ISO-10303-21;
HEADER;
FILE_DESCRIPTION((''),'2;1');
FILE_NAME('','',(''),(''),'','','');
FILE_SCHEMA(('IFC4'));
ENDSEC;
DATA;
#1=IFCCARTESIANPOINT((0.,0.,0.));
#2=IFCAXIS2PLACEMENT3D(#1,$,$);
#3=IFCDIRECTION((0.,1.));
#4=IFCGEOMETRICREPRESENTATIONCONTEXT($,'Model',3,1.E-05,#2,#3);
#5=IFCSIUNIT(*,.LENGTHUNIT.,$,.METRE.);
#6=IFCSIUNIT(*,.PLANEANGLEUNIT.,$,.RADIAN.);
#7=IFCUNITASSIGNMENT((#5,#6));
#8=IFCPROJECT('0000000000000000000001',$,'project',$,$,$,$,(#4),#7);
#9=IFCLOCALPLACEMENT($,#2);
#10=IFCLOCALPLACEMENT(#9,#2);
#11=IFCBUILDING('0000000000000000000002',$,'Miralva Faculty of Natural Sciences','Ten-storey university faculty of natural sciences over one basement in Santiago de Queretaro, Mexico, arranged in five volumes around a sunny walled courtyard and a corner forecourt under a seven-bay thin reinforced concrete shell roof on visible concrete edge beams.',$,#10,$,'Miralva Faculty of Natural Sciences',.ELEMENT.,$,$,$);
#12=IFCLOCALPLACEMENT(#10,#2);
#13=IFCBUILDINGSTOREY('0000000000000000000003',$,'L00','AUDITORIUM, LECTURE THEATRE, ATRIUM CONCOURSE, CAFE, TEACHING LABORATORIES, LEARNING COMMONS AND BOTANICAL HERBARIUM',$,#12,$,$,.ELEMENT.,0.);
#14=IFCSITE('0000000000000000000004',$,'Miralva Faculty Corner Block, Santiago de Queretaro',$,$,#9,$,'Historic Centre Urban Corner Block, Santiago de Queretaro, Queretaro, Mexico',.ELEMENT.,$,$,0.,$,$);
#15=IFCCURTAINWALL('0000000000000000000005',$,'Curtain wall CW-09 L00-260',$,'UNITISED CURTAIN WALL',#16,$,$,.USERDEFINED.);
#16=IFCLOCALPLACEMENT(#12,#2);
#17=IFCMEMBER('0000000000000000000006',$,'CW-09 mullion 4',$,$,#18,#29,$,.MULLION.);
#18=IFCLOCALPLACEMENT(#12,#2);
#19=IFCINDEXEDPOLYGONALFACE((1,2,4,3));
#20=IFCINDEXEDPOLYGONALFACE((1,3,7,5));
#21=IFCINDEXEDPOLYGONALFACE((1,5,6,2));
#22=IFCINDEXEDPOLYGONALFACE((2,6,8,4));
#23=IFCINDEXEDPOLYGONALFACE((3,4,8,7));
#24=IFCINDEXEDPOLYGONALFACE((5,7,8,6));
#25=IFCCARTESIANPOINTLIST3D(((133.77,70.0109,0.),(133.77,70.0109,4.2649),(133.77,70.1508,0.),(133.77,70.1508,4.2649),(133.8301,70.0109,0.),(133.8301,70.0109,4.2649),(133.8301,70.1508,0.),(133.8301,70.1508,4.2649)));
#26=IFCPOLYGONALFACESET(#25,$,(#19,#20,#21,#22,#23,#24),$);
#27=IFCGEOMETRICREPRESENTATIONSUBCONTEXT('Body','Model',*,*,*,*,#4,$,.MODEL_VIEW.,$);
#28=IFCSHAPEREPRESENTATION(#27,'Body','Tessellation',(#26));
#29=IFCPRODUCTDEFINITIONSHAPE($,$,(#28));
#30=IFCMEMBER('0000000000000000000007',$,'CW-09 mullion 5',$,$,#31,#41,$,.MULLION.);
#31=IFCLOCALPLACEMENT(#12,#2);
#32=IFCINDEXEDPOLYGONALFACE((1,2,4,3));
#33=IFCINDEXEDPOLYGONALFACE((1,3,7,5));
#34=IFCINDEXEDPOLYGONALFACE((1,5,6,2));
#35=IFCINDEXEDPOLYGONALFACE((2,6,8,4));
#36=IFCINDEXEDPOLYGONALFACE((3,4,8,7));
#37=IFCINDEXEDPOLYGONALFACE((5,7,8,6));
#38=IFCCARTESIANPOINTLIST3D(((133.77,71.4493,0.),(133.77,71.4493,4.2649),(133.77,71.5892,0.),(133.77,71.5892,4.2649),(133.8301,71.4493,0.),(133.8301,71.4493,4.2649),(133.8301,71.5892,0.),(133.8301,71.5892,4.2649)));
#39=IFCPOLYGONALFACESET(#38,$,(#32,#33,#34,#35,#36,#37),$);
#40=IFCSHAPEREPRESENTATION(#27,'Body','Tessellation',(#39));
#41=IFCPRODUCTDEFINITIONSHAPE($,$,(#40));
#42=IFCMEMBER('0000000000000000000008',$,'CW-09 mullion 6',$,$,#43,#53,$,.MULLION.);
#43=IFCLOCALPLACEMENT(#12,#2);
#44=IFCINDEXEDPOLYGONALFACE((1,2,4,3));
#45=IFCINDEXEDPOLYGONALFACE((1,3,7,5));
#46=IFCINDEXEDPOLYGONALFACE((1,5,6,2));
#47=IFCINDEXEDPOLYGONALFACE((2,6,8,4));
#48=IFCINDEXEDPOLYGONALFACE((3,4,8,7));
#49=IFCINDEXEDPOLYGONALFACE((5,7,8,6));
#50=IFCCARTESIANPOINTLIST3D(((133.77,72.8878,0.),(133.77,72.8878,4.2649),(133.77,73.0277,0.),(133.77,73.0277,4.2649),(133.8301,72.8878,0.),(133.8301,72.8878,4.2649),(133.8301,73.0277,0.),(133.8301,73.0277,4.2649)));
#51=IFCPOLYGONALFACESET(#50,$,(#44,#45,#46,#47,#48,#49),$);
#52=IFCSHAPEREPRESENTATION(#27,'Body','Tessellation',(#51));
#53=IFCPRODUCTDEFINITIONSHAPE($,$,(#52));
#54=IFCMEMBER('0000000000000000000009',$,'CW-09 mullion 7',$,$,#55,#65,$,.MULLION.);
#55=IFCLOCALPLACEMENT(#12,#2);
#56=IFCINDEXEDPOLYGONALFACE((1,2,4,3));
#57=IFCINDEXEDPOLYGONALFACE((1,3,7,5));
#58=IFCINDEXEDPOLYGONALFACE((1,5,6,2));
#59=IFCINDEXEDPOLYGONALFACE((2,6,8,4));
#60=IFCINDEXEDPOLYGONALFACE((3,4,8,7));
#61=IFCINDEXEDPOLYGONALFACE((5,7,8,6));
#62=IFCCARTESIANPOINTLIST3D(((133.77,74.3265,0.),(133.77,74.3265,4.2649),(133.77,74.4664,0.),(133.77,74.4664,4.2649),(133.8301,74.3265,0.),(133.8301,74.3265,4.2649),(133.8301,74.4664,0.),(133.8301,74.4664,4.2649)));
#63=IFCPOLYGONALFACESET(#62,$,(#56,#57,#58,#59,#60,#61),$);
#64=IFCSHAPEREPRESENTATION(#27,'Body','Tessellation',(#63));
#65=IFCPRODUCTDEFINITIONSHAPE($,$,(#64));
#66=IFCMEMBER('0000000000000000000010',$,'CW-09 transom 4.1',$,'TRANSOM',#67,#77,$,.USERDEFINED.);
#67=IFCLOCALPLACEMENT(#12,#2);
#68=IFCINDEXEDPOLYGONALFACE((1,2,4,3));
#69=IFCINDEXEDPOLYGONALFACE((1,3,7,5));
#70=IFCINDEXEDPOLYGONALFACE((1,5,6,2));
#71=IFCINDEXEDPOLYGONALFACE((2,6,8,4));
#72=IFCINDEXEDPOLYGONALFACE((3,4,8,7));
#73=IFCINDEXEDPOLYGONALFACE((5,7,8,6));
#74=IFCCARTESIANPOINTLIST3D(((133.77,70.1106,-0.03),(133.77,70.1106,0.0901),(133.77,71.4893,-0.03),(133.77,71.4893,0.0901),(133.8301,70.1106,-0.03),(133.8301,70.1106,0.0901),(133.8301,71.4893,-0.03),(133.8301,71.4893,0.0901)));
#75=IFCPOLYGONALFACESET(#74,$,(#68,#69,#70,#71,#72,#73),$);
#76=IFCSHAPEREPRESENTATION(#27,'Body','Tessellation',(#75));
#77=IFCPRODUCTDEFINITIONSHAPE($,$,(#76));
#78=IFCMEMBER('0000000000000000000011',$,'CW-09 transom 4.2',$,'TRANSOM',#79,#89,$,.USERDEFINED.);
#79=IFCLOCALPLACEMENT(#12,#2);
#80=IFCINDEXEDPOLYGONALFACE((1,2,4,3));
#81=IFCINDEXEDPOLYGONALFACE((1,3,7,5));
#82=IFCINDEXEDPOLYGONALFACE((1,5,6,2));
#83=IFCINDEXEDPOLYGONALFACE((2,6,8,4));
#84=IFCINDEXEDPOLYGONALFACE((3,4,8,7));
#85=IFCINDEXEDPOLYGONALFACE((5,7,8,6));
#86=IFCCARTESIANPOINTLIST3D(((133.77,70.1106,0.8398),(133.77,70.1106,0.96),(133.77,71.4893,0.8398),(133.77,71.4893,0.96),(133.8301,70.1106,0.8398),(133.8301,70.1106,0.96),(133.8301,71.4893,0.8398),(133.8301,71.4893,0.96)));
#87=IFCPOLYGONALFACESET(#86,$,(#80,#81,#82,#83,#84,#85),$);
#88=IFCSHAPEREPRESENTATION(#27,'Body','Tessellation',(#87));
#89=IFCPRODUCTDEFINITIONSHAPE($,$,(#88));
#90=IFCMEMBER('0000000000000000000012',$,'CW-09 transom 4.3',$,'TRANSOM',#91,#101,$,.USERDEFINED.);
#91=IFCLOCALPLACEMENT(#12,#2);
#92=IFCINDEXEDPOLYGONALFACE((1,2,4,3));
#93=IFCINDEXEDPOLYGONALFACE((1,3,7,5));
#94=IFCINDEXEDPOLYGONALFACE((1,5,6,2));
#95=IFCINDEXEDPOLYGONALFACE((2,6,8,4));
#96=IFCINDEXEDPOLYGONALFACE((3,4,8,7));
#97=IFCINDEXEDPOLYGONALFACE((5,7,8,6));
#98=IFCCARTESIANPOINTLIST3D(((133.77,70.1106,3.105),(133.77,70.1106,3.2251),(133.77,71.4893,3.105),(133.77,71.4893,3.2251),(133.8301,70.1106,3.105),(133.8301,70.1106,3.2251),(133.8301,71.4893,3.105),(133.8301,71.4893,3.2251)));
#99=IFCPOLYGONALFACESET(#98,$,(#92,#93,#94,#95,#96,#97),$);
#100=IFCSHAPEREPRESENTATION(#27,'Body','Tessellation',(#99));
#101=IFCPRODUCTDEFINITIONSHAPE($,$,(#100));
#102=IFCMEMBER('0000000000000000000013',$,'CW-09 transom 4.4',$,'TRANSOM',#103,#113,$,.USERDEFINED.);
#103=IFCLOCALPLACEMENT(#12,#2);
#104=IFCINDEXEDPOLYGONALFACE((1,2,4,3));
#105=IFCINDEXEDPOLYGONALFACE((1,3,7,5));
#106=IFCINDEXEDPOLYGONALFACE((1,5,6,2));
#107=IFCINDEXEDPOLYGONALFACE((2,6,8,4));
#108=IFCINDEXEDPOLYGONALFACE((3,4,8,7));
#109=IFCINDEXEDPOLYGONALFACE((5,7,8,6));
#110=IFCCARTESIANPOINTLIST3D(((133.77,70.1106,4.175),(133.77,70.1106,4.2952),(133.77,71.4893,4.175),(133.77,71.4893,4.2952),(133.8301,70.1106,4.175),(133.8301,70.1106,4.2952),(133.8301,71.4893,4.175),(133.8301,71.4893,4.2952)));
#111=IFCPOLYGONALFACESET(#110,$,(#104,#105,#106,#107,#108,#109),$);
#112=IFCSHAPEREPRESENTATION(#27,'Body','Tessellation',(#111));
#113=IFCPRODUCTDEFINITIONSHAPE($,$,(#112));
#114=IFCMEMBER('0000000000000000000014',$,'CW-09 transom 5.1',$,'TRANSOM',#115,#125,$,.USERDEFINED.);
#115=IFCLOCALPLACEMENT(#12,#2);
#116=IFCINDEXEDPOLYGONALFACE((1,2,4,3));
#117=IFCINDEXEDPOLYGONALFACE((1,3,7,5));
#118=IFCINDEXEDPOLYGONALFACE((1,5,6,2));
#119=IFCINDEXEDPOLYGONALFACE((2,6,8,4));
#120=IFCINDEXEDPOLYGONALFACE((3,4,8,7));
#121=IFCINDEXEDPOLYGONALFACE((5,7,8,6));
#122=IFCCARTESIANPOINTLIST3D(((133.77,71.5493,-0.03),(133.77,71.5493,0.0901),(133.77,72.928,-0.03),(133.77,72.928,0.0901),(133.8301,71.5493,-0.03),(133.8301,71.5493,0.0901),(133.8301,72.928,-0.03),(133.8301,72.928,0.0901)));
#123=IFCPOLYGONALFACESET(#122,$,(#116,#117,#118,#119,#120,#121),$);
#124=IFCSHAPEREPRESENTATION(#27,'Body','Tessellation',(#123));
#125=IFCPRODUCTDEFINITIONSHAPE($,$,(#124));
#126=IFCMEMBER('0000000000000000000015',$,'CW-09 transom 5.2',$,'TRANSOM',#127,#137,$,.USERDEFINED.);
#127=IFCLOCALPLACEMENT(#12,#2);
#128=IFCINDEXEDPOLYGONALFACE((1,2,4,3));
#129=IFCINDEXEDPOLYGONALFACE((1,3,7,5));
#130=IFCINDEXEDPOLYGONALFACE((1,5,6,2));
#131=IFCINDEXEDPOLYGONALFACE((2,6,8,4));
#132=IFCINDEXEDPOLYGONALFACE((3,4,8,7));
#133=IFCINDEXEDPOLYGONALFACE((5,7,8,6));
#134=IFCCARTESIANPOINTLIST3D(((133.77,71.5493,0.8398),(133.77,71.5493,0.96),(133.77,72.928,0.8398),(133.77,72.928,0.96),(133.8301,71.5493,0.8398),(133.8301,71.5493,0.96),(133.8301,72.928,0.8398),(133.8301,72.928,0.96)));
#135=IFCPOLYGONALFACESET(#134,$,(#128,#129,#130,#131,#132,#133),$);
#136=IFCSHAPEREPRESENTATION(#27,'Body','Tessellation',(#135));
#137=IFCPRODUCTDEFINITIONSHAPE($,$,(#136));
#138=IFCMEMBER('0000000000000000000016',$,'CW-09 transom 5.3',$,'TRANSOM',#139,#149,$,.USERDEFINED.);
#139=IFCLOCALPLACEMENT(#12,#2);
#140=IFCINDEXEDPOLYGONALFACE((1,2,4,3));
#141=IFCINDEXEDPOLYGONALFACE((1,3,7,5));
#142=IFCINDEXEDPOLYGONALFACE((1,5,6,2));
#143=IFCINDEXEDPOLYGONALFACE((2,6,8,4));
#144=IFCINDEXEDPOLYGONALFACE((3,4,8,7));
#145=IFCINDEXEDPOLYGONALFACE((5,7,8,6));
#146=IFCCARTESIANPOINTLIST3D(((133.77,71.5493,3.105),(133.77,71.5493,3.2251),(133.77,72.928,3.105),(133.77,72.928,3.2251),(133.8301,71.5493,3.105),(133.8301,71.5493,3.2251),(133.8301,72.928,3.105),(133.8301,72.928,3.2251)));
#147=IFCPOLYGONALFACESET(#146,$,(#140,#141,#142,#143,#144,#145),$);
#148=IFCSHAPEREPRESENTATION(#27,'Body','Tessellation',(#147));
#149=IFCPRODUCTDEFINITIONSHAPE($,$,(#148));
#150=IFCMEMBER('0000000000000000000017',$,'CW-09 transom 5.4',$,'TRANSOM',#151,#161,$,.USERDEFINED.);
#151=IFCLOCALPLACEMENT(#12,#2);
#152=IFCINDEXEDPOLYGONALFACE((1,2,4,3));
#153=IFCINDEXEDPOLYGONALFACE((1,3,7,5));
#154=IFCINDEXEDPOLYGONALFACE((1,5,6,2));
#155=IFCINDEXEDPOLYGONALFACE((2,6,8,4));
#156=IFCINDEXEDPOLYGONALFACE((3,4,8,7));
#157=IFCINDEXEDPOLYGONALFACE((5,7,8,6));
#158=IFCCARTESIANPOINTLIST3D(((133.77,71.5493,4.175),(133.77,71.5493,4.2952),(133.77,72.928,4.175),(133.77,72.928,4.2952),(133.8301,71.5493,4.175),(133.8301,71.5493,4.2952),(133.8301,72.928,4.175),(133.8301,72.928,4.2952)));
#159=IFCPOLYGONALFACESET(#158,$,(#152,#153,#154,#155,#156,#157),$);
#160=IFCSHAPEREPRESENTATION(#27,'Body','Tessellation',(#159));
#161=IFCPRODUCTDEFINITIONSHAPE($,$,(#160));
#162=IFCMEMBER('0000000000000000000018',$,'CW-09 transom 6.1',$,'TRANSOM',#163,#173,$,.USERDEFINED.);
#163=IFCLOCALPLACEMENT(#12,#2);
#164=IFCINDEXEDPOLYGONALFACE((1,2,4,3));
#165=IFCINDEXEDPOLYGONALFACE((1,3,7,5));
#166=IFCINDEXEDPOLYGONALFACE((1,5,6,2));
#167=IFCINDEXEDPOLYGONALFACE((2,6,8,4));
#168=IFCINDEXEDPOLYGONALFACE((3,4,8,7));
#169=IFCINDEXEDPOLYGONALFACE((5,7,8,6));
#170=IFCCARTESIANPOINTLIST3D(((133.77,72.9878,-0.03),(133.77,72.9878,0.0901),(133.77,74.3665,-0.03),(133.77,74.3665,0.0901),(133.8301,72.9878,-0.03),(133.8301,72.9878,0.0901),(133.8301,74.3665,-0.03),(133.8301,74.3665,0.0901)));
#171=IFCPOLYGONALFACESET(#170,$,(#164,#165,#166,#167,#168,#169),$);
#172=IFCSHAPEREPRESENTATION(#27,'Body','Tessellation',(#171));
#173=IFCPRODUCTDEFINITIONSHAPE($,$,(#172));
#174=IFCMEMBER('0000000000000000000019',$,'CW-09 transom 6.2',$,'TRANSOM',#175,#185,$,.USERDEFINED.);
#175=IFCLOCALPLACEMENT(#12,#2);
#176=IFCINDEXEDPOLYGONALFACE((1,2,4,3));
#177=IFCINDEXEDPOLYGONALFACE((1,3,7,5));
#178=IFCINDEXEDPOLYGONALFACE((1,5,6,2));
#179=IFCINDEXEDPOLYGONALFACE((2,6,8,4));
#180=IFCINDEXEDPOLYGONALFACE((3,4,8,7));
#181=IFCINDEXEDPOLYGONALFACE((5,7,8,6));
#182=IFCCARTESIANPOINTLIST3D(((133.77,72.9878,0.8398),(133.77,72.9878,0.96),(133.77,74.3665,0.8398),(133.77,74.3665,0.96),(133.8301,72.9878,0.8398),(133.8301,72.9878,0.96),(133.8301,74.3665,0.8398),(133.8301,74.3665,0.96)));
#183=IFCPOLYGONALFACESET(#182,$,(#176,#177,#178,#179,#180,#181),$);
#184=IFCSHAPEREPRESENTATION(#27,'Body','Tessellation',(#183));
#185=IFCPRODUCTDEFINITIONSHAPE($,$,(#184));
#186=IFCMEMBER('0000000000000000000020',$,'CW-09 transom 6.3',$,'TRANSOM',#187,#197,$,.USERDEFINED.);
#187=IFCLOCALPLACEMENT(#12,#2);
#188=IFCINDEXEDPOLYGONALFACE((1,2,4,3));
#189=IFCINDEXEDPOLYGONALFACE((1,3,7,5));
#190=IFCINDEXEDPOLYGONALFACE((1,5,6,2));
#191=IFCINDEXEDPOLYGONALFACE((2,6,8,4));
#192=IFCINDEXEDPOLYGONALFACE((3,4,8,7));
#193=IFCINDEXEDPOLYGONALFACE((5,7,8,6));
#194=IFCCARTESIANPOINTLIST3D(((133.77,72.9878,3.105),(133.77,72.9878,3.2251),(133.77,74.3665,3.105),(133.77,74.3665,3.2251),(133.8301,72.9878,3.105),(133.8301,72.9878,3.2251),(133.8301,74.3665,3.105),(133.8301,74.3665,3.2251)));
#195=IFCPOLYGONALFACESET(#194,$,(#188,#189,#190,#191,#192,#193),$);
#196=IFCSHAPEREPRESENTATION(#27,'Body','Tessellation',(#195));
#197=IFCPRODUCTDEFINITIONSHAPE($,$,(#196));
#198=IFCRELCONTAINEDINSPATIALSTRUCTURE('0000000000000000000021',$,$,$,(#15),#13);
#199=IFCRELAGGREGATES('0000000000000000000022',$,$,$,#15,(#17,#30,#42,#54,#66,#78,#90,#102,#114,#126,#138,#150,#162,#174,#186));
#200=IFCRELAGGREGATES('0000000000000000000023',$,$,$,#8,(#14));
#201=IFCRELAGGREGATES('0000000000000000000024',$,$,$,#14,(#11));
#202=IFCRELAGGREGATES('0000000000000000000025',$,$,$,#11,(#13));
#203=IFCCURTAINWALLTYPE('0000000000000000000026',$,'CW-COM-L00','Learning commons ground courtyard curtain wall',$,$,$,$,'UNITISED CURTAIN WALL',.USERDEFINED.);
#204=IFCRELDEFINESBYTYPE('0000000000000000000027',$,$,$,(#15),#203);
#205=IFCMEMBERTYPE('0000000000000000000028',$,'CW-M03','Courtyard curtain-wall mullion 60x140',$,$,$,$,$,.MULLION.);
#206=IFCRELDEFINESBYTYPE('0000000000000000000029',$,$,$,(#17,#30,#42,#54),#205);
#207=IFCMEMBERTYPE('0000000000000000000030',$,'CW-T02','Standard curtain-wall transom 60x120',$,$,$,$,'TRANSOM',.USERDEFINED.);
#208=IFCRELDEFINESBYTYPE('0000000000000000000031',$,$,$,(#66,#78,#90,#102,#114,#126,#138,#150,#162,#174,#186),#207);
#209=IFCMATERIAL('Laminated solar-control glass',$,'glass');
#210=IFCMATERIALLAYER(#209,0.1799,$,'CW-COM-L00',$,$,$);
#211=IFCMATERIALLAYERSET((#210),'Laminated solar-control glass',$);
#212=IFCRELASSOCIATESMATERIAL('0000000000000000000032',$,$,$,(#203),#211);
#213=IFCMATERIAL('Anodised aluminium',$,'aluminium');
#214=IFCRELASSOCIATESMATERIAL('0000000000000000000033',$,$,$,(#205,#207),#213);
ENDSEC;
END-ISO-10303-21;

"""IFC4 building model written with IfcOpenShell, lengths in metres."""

from ifc_helpers import new_model, si_unit, direction, frame, origin, origin_2d, place, context, subcontext, project, spatial, rectangle, extrude, material, layer, layer_set, material_profile, profile_set, type_object, element, aggregate, save


model = new_model("IFC4")

# Units and contexts
model_context = context("Model", 3, precision=1e-05, world=origin(), true_north=direction((0.0, 1.0)))
body_context = subcontext(model_context, "Body", "Model", "MODEL_VIEW")
ifc_project = project(units=[si_unit("LENGTHUNIT", "METRE"), si_unit("PLANEANGLEUNIT", "RADIAN")], contexts=[model_context])

# Site, building, storey
site_placement = place(None, origin())
site = spatial("IfcSite", under=ifc_project, at=site_placement, Name="Miralva Faculty Corner Block, Santiago de Queretaro", LongName="Historic Centre Urban Corner Block, Santiago de Queretaro, Queretaro, Mexico", CompositionType="ELEMENT", RefElevation=0.0)
building_placement = place(site_placement, origin())
building = spatial("IfcBuilding", under=site, at=building_placement, Name="Miralva Faculty of Natural Sciences", Description="Ten-storey university faculty of natural sciences over one basement in Santiago de Queretaro, Mexico, arranged in five volumes around a sunny walled courtyard and a corner forecourt under a seven-bay thin reinforced concrete shell roof on visible concrete edge beams.", LongName="Miralva Faculty of Natural Sciences", CompositionType="ELEMENT")
storey_placement = place(building_placement, origin())
storey = spatial("IfcBuildingStorey", under=building, at=storey_placement, Name="L00", Description="AUDITORIUM, LECTURE THEATRE, ATRIUM CONCOURSE, CAFE, TEACHING LABORATORIES, LEARNING COMMONS AND BOTANICAL HERBARIUM", CompositionType="ELEMENT", Elevation=0.0)

# Curtain wall, members
ifc_material_1 = material(Name="Laminated solar-control glass", Category="glass")
ifc_layer_1 = layer(ifc_material_1, 0.1799, Name="CW-COM-L00")
ifc_layer_set_1 = layer_set([ifc_layer_1], Name="Laminated solar-control glass")
curtain_wall_type = type_object("IfcCurtainWallType", Name="CW-COM-L00", Description="Learning commons ground courtyard curtain wall", ElementType="UNITISED CURTAIN WALL", PredefinedType="USERDEFINED", material=ifc_layer_set_1)
curtain_wall_placement = place(storey_placement, origin())
curtain_wall = element("IfcCurtainWall", 1, at=curtain_wall_placement, inside=storey, type_object=curtain_wall_type, Name="Curtain wall CW-09 L00-260", ObjectType="UNITISED CURTAIN WALL", PredefinedType="USERDEFINED")
ifc_material_2 = material(Name="Anodised aluminium", Category="aluminium")
ifc_material_profile_1 = material_profile(ifc_material_2, rectangle(XDim=0.0601, YDim=0.1399, at=origin_2d()), Name="MULLION 60x140")
ifc_profile_set_1 = profile_set([ifc_material_profile_1], Name="Anodised aluminium")
member_type_1 = type_object("IfcMemberType", Name="CW-M03", Description="Courtyard curtain-wall mullion 60x140", PredefinedType="MULLION", material=ifc_profile_set_1)
member_1_placement = place(storey_placement, frame((133.8, 70.0808, 0.0), z_axis=(0.0, 0.0, 1.0), x_axis=(-1.0, 0.0, 0.0)))
member_1 = element("IfcMember", 2, at=member_1_placement, type_object=member_type_1, Name="CW-09 mullion 4", PredefinedType="MULLION", context=body_context, shape_type="SweptSolid", body=[
    extrude(rectangle(XDim=0.0601, YDim=0.1399, at=origin_2d()), origin(), (0.0, 0.0, 1.0), 4.2649),
])
member_2_placement = place(storey_placement, frame((133.8, 71.5193, 0.0), z_axis=(0.0, 0.0, 1.0), x_axis=(-1.0, 0.0, 0.0)))
member_2 = element("IfcMember", 3, at=member_2_placement, type_object=member_type_1, Name="CW-09 mullion 5", PredefinedType="MULLION", context=body_context, shape_type="SweptSolid", body=[
    extrude(rectangle(XDim=0.0601, YDim=0.1399, at=origin_2d()), origin(), (0.0, 0.0, 1.0), 4.2649),
])
member_3_placement = place(storey_placement, frame((133.8, 72.9578, 0.0), z_axis=(0.0, 0.0, 1.0), x_axis=(-1.0, 0.0, 0.0)))
member_3 = element("IfcMember", 4, at=member_3_placement, type_object=member_type_1, Name="CW-09 mullion 6", PredefinedType="MULLION", context=body_context, shape_type="SweptSolid", body=[
    extrude(rectangle(XDim=0.0601, YDim=0.1399, at=origin_2d()), origin(), (0.0, 0.0, 1.0), 4.2649),
])
member_4_placement = place(storey_placement, frame((133.8, 74.3965, 0.0), z_axis=(0.0, 0.0, 1.0), x_axis=(-1.0, 0.0, 0.0)))
member_4 = element("IfcMember", 5, at=member_4_placement, type_object=member_type_1, Name="CW-09 mullion 7", PredefinedType="MULLION", context=body_context, shape_type="SweptSolid", body=[
    extrude(rectangle(XDim=0.0601, YDim=0.1399, at=origin_2d()), origin(), (0.0, 0.0, 1.0), 4.2649),
])
ifc_material_profile_2 = material_profile(ifc_material_2, rectangle(XDim=0.0601, YDim=0.1201, at=origin_2d()), Name="TRANSOM 60x120")
ifc_profile_set_2 = profile_set([ifc_material_profile_2], Name="Anodised aluminium")
member_type_2 = type_object("IfcMemberType", Name="CW-T02", Description="Standard curtain-wall transom 60x120", ElementType="TRANSOM", PredefinedType="USERDEFINED", material=ifc_profile_set_2)
member_5_placement = place(storey_placement, frame((133.8, 70.1106, 0.03), z_axis=(0.0, 1.0, 0.0), x_axis=(-1.0, 0.0, 0.0)))
member_5 = element("IfcMember", 6, at=member_5_placement, type_object=member_type_2, Name="CW-09 transom 4.1", ObjectType="TRANSOM", PredefinedType="USERDEFINED", context=body_context, shape_type="SweptSolid", body=[
    extrude(rectangle(XDim=0.0601, YDim=0.1201, at=origin_2d()), origin(), (0.0, 0.0, 1.0), 1.3787),
])
member_6_placement = place(storey_placement, frame((133.8, 70.1106, 0.8999), z_axis=(0.0, 1.0, 0.0), x_axis=(-1.0, 0.0, 0.0)))
member_6 = element("IfcMember", 7, at=member_6_placement, type_object=member_type_2, Name="CW-09 transom 4.2", ObjectType="TRANSOM", PredefinedType="USERDEFINED", context=body_context, shape_type="SweptSolid", body=[
    extrude(rectangle(XDim=0.0601, YDim=0.1201, at=origin_2d()), origin(), (0.0, 0.0, 1.0), 1.3787),
])
member_7_placement = place(storey_placement, frame((133.8, 70.1106, 3.165), z_axis=(0.0, 1.0, 0.0), x_axis=(-1.0, 0.0, 0.0)))
member_7 = element("IfcMember", 8, at=member_7_placement, type_object=member_type_2, Name="CW-09 transom 4.3", ObjectType="TRANSOM", PredefinedType="USERDEFINED", context=body_context, shape_type="SweptSolid", body=[
    extrude(rectangle(XDim=0.0601, YDim=0.1201, at=origin_2d()), origin(), (0.0, 0.0, 1.0), 1.3787),
])
member_8_placement = place(storey_placement, frame((133.8, 70.1106, 4.2351), z_axis=(0.0, 1.0, 0.0), x_axis=(-1.0, 0.0, 0.0)))
member_8 = element("IfcMember", 9, at=member_8_placement, type_object=member_type_2, Name="CW-09 transom 4.4", ObjectType="TRANSOM", PredefinedType="USERDEFINED", context=body_context, shape_type="SweptSolid", body=[
    extrude(rectangle(XDim=0.0601, YDim=0.1201, at=origin_2d()), origin(), (0.0, 0.0, 1.0), 1.3787),
])
member_9_placement = place(storey_placement, frame((133.8, 71.5493, 0.03), z_axis=(0.0, 1.0, 0.0), x_axis=(-1.0, 0.0, 0.0)))
member_9 = element("IfcMember", 10, at=member_9_placement, type_object=member_type_2, Name="CW-09 transom 5.1", ObjectType="TRANSOM", PredefinedType="USERDEFINED", context=body_context, shape_type="SweptSolid", body=[
    extrude(rectangle(XDim=0.0601, YDim=0.1201, at=origin_2d()), origin(), (0.0, 0.0, 1.0), 1.3787),
])
member_10_placement = place(storey_placement, frame((133.8, 71.5493, 0.8999), z_axis=(0.0, 1.0, 0.0), x_axis=(-1.0, 0.0, 0.0)))
member_10 = element("IfcMember", 11, at=member_10_placement, type_object=member_type_2, Name="CW-09 transom 5.2", ObjectType="TRANSOM", PredefinedType="USERDEFINED", context=body_context, shape_type="SweptSolid", body=[
    extrude(rectangle(XDim=0.0601, YDim=0.1201, at=origin_2d()), origin(), (0.0, 0.0, 1.0), 1.3787),
])
member_11_placement = place(storey_placement, frame((133.8, 71.5493, 3.165), z_axis=(0.0, 1.0, 0.0), x_axis=(-1.0, 0.0, 0.0)))
member_11 = element("IfcMember", 12, at=member_11_placement, type_object=member_type_2, Name="CW-09 transom 5.3", ObjectType="TRANSOM", PredefinedType="USERDEFINED", context=body_context, shape_type="SweptSolid", body=[
    extrude(rectangle(XDim=0.0601, YDim=0.1201, at=origin_2d()), origin(), (0.0, 0.0, 1.0), 1.3787),
])
member_12_placement = place(storey_placement, frame((133.8, 71.5493, 4.2351), z_axis=(0.0, 1.0, 0.0), x_axis=(-1.0, 0.0, 0.0)))
member_12 = element("IfcMember", 13, at=member_12_placement, type_object=member_type_2, Name="CW-09 transom 5.4", ObjectType="TRANSOM", PredefinedType="USERDEFINED", context=body_context, shape_type="SweptSolid", body=[
    extrude(rectangle(XDim=0.0601, YDim=0.1201, at=origin_2d()), origin(), (0.0, 0.0, 1.0), 1.3787),
])
member_13_placement = place(storey_placement, frame((133.8, 72.9878, 0.03), z_axis=(0.0, 1.0, 0.0), x_axis=(-1.0, 0.0, 0.0)))
member_13 = element("IfcMember", 14, at=member_13_placement, type_object=member_type_2, Name="CW-09 transom 6.1", ObjectType="TRANSOM", PredefinedType="USERDEFINED", context=body_context, shape_type="SweptSolid", body=[
    extrude(rectangle(XDim=0.0601, YDim=0.1201, at=origin_2d()), origin(), (0.0, 0.0, 1.0), 1.3787),
])
member_14_placement = place(storey_placement, frame((133.8, 72.9878, 0.8999), z_axis=(0.0, 1.0, 0.0), x_axis=(-1.0, 0.0, 0.0)))
member_14 = element("IfcMember", 15, at=member_14_placement, type_object=member_type_2, Name="CW-09 transom 6.2", ObjectType="TRANSOM", PredefinedType="USERDEFINED", context=body_context, shape_type="SweptSolid", body=[
    extrude(rectangle(XDim=0.0601, YDim=0.1201, at=origin_2d()), origin(), (0.0, 0.0, 1.0), 1.3787),
])
member_15_placement = place(storey_placement, frame((133.8, 72.9878, 3.165), z_axis=(0.0, 1.0, 0.0), x_axis=(-1.0, 0.0, 0.0)))
member_15 = element("IfcMember", 16, at=member_15_placement, type_object=member_type_2, Name="CW-09 transom 6.3", ObjectType="TRANSOM", PredefinedType="USERDEFINED", context=body_context, shape_type="SweptSolid", body=[
    extrude(rectangle(XDim=0.0601, YDim=0.1201, at=origin_2d()), origin(), (0.0, 0.0, 1.0), 1.3787),
])
aggregate(curtain_wall, [member_1, member_2, member_3, member_4, member_5, member_6, member_7, member_8, member_9, member_10, member_11, member_12, member_13, member_14, member_15])

save(model, "model.ifc")
